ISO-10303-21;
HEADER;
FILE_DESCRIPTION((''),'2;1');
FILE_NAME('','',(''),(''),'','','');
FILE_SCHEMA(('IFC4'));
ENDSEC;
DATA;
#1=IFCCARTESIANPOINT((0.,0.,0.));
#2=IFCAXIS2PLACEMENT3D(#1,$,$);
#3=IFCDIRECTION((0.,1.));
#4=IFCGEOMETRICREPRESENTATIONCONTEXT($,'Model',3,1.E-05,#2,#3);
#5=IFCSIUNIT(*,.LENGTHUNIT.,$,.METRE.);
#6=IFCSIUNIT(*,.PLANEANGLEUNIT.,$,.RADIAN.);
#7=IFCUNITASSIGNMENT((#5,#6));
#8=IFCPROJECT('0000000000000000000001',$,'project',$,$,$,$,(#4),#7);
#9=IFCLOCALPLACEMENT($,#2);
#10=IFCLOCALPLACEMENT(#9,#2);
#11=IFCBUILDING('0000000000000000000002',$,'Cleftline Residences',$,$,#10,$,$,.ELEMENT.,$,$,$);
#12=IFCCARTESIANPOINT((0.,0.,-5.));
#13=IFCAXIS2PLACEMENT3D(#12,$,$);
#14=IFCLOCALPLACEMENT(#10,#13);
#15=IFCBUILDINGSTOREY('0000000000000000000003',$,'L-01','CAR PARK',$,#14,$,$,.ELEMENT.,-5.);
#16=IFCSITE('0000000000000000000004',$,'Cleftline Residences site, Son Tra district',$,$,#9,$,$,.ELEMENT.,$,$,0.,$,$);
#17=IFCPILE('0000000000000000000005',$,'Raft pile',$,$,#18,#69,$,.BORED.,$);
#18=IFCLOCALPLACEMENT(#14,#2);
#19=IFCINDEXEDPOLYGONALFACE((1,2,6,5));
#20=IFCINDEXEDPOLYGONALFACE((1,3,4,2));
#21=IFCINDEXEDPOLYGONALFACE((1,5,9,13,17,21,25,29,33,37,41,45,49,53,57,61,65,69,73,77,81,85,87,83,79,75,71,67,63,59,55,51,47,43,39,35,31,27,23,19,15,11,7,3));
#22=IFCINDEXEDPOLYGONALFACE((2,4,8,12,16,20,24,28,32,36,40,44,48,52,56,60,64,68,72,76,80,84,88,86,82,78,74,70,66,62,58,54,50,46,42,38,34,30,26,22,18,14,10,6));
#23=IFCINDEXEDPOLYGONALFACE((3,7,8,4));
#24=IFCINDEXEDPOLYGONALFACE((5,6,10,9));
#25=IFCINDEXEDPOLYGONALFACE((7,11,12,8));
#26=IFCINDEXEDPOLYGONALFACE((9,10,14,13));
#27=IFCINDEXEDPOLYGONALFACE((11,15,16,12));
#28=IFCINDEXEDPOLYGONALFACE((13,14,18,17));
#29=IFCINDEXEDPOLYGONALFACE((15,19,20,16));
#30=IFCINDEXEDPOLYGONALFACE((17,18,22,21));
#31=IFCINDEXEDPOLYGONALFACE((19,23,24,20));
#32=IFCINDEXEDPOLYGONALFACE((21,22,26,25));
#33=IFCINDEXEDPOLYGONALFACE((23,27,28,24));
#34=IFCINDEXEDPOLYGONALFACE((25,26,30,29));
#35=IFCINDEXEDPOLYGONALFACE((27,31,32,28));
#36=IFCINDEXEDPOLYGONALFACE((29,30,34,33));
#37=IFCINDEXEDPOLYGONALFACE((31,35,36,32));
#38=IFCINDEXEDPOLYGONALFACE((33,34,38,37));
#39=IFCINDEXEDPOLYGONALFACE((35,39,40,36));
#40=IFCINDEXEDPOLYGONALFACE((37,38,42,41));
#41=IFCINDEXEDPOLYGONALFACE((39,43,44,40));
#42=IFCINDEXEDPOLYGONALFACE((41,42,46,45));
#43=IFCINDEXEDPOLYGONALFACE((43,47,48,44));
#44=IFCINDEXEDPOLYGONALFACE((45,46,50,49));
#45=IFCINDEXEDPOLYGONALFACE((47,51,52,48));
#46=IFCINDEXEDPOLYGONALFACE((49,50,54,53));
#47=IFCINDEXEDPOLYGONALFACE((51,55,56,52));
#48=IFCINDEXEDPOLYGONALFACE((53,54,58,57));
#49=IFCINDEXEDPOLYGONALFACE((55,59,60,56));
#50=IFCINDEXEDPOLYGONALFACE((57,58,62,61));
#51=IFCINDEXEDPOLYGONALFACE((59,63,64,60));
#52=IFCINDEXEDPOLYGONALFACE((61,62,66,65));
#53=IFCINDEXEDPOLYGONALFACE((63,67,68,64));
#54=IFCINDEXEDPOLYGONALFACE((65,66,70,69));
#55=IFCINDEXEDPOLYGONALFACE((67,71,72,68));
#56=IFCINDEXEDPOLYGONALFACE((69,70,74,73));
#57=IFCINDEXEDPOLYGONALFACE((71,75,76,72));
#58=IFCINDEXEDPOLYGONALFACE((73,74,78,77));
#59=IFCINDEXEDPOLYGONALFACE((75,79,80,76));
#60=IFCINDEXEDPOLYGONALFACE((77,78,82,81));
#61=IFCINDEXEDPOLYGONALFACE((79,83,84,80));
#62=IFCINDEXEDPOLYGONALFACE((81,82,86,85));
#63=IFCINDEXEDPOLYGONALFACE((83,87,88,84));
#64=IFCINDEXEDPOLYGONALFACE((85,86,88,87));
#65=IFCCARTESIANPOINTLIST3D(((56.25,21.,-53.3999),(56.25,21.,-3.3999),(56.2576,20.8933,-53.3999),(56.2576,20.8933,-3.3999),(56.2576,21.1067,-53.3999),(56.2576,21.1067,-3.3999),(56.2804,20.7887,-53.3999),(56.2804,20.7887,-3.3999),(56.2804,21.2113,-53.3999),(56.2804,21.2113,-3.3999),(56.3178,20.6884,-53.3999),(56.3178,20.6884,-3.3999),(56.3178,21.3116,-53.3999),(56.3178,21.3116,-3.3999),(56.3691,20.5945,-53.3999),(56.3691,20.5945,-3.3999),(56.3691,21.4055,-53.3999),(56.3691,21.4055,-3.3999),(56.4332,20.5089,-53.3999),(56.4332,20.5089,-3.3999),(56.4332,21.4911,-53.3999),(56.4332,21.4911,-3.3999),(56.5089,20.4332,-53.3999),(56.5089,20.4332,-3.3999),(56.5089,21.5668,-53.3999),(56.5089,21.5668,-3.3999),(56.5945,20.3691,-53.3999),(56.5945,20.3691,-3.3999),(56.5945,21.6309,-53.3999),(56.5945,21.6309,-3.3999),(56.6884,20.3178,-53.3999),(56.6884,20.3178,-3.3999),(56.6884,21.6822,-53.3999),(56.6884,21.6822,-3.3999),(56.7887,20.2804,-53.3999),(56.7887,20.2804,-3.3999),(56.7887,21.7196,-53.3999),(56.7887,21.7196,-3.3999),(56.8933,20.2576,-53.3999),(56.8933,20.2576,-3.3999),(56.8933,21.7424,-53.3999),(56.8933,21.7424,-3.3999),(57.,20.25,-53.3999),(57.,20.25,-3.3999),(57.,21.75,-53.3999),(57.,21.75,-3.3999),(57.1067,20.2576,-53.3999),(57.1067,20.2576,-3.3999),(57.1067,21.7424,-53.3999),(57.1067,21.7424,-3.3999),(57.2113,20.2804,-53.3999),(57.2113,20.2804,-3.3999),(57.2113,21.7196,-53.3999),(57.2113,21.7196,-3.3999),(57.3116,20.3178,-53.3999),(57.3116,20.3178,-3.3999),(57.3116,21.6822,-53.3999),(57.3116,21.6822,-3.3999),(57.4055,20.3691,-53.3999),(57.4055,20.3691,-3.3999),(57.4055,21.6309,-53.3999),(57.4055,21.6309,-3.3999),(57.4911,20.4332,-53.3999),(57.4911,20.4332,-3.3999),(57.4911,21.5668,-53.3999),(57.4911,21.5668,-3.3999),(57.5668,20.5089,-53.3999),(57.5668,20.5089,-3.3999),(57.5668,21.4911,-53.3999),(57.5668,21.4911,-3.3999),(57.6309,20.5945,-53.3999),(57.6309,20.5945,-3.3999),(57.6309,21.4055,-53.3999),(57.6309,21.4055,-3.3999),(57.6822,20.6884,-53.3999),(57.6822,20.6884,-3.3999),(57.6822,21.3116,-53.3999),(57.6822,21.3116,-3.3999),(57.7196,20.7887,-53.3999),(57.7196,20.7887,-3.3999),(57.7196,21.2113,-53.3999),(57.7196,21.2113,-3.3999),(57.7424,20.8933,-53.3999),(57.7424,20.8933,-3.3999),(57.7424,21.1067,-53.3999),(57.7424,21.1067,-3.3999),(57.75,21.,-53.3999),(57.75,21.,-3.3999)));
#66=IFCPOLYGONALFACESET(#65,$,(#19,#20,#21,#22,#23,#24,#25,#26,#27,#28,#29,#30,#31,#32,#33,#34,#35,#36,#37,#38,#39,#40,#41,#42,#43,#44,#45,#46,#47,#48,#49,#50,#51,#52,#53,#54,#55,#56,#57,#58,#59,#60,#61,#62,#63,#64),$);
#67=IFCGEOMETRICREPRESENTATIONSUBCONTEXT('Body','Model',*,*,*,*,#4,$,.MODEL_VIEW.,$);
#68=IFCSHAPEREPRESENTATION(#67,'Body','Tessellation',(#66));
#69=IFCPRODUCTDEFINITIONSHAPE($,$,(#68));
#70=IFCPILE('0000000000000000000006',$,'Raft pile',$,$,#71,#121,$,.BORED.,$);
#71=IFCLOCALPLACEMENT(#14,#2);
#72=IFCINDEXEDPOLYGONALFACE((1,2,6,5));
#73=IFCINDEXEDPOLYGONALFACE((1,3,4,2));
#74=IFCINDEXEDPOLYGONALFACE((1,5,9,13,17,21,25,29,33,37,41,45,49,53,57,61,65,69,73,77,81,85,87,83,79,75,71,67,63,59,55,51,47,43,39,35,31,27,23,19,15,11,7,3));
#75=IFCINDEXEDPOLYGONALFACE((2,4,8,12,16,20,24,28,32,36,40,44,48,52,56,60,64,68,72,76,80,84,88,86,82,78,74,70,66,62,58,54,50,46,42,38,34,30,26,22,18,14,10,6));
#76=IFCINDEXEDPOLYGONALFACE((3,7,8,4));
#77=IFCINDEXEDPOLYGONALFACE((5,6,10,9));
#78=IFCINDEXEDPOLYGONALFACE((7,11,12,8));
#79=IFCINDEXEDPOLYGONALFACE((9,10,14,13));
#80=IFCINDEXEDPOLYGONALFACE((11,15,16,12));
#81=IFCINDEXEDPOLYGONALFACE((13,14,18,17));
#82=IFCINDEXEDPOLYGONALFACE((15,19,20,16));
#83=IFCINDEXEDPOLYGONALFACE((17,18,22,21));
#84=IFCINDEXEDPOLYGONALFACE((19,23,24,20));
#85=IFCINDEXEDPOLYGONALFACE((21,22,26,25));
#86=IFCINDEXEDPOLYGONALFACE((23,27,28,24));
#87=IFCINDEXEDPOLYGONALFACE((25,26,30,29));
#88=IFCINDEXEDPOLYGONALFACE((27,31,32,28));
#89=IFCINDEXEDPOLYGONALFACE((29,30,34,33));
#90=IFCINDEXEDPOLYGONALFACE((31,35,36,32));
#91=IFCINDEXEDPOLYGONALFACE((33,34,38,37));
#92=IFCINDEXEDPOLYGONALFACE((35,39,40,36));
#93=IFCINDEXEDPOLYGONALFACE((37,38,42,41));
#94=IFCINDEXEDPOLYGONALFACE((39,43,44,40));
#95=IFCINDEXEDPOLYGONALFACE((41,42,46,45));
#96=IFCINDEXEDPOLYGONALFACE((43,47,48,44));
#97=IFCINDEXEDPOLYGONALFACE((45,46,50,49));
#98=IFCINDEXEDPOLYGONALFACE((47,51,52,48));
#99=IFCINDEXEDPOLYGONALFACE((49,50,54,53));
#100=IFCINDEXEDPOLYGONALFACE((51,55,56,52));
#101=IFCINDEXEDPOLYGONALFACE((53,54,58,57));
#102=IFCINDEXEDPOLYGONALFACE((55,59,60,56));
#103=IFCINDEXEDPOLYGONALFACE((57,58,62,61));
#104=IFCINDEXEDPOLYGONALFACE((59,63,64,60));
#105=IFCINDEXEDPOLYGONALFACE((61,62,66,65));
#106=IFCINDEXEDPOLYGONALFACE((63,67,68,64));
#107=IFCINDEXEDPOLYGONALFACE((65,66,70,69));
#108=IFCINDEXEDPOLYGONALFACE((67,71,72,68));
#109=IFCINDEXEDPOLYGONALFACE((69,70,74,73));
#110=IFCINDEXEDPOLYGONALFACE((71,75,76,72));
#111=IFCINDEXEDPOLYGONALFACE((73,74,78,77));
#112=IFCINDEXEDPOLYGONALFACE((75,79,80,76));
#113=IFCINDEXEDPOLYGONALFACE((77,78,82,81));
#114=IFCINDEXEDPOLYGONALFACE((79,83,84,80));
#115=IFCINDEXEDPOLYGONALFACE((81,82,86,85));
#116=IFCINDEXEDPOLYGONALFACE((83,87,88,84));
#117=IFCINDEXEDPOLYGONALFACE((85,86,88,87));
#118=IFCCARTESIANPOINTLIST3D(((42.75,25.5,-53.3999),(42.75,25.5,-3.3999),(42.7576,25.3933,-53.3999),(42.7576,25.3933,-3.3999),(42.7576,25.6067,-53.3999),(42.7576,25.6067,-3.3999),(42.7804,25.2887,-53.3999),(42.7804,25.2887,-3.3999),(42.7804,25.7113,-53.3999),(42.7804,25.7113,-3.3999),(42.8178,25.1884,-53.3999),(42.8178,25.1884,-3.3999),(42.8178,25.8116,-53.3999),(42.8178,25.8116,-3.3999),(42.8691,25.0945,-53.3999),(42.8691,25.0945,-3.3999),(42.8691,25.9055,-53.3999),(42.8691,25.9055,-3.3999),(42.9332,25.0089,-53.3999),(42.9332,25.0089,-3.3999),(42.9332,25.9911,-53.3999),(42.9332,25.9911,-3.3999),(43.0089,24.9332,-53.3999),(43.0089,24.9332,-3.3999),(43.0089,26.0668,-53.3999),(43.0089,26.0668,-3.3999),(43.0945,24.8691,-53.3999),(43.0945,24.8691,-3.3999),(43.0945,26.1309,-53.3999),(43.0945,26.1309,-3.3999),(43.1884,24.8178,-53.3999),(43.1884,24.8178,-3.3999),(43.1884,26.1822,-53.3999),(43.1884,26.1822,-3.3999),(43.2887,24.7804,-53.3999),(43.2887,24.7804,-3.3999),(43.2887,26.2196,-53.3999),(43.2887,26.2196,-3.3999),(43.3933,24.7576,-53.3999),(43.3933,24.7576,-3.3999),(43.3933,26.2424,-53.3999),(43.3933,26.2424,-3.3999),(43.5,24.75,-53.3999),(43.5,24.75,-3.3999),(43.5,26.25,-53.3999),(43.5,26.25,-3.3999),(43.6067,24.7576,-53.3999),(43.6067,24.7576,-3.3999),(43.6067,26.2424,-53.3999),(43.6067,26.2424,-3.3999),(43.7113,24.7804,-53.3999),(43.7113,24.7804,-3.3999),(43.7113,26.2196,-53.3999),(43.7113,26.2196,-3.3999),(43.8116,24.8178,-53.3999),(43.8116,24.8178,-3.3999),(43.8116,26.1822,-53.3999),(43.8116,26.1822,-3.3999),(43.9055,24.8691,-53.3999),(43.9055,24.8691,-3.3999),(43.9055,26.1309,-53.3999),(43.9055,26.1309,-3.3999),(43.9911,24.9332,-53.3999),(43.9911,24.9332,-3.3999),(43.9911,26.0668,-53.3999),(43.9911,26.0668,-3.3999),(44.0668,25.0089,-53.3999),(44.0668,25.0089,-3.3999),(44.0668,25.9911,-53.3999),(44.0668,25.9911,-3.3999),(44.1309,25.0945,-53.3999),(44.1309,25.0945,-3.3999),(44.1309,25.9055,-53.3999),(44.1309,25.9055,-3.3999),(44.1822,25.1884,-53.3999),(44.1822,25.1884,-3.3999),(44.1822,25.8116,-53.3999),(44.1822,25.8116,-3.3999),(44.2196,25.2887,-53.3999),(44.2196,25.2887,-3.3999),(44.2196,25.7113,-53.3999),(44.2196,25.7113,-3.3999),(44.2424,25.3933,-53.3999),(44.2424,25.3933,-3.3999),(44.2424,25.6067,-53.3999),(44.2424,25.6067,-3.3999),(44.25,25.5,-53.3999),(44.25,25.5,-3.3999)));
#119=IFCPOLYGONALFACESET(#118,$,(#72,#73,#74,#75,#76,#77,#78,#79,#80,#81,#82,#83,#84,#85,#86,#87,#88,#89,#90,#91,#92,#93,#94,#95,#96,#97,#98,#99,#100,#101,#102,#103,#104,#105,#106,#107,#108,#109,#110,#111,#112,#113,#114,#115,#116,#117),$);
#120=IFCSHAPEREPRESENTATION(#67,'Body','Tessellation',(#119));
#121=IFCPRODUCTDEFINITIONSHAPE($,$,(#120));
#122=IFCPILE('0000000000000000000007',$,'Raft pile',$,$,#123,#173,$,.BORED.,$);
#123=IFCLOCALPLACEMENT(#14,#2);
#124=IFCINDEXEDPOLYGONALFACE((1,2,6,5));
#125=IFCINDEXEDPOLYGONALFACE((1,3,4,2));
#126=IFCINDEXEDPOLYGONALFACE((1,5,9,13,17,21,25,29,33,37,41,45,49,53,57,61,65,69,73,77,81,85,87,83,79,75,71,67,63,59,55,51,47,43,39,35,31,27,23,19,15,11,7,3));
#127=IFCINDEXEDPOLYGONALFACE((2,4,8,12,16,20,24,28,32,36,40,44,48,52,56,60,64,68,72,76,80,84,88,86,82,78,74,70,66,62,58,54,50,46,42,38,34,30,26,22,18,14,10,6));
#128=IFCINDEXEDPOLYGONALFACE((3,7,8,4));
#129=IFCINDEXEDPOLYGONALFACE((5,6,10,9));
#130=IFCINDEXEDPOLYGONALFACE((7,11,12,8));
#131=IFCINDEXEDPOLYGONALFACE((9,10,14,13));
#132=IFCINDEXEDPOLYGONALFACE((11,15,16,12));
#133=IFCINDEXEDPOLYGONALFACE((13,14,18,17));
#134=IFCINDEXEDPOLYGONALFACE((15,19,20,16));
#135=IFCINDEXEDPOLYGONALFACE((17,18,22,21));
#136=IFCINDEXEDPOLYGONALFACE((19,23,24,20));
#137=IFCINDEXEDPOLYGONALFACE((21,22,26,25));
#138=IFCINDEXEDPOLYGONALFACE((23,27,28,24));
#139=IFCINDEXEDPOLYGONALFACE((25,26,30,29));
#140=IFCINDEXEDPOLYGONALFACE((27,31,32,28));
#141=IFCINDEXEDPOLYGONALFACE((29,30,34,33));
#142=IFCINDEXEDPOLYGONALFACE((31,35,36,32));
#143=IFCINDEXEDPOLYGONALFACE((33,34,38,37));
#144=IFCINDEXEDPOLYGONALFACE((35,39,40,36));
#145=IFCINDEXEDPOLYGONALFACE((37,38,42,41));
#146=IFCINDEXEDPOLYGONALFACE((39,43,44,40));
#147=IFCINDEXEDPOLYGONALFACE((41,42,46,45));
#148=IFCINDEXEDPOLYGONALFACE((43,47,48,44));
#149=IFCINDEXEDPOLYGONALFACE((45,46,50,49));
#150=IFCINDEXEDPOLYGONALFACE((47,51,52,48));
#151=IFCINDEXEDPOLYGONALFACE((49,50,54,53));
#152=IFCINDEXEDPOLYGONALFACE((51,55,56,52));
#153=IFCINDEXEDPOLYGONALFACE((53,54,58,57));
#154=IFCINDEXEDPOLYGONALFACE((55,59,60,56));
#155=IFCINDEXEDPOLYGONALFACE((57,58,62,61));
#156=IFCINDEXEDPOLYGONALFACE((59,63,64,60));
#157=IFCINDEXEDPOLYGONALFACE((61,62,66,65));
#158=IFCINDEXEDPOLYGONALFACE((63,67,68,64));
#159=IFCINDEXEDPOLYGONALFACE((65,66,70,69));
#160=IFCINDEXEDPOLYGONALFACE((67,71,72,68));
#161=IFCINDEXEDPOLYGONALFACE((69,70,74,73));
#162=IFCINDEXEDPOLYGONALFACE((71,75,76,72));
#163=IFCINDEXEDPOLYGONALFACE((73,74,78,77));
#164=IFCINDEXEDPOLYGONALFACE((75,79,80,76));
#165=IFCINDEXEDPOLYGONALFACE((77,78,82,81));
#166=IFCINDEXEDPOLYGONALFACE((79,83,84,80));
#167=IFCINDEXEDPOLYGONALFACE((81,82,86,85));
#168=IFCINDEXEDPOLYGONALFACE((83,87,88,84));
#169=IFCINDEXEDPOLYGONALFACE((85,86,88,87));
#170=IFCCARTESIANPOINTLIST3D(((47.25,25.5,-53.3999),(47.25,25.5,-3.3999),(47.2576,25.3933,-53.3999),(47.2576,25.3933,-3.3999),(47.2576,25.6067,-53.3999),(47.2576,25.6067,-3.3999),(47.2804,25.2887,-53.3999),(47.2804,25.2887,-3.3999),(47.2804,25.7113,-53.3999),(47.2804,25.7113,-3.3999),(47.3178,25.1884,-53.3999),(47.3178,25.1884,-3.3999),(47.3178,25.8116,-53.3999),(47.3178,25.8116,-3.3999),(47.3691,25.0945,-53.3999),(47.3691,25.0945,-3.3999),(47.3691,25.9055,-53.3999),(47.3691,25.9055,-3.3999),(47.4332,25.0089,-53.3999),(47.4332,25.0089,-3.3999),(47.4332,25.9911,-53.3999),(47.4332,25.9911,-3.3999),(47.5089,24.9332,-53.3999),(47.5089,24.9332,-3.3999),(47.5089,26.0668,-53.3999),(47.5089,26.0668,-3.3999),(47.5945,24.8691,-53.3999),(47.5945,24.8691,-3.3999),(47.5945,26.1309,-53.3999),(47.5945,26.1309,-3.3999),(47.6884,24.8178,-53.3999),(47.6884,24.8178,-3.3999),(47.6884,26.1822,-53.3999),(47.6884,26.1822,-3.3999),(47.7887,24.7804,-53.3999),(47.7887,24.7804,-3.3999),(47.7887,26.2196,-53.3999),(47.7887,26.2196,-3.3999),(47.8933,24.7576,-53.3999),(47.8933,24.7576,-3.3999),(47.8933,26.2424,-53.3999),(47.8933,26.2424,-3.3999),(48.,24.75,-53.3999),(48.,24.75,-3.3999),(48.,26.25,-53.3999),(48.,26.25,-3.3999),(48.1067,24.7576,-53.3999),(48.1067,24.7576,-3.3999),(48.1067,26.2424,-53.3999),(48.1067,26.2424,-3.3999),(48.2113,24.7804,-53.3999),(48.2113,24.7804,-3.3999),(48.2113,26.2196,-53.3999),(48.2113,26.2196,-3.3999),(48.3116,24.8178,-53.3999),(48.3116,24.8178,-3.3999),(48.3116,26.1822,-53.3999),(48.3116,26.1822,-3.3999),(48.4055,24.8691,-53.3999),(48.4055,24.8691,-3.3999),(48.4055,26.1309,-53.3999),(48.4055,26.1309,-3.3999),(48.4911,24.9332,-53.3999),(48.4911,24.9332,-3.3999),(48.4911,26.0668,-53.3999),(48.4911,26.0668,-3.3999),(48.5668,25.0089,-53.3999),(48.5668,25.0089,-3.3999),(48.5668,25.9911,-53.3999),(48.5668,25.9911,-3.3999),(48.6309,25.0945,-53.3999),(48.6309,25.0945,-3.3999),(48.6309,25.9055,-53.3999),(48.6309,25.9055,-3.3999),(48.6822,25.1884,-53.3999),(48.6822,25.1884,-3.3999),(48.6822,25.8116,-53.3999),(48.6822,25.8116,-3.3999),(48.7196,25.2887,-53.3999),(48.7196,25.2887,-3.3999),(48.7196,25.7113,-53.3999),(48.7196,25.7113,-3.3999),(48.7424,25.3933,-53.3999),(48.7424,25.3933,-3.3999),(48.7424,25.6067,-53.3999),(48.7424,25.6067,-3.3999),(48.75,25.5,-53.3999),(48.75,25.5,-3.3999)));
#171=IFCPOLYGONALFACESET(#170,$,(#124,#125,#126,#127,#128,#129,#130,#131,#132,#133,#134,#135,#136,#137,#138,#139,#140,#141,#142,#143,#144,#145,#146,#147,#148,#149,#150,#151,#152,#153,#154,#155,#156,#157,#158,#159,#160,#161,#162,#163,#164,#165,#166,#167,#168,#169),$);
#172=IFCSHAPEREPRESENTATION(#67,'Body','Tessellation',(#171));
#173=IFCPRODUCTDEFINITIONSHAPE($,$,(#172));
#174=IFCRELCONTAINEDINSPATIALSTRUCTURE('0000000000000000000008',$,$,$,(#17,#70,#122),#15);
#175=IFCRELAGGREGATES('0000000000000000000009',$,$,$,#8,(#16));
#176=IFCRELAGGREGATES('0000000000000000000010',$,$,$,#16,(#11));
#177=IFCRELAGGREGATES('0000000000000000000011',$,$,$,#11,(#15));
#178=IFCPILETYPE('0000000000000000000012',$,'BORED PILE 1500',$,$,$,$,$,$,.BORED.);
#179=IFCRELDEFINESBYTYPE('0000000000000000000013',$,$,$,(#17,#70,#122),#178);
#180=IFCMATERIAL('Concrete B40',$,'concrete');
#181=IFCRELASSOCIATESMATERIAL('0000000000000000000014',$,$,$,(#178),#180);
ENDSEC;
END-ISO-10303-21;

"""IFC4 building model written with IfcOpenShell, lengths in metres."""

from ifc_helpers import new_model, si_unit, direction, frame, origin, origin_2d, place, context, subcontext, project, spatial, circle, extrude, material, material_profile, profile_set, type_object, element, save


model = new_model("IFC4")

# Units and contexts
model_context = context("Model", 3, precision=1e-05, world=origin(), true_north=direction((0.0, 1.0)))
body_context = subcontext(model_context, "Body", "Model", "MODEL_VIEW")
ifc_project = project(units=[si_unit("LENGTHUNIT", "METRE"), si_unit("PLANEANGLEUNIT", "RADIAN")], contexts=[model_context])

# Site, building, storey
site_placement = place(None, origin())
site = spatial("IfcSite", under=ifc_project, at=site_placement, Name="Cleftline Residences site, Son Tra district", CompositionType="ELEMENT", RefElevation=0.0)
building_placement = place(site_placement, origin())
building = spatial("IfcBuilding", under=site, at=building_placement, Name="Cleftline Residences", CompositionType="ELEMENT")
storey_placement = place(building_placement, frame((0.0, 0.0, -5.0)))
storey = spatial("IfcBuildingStorey", under=building, at=storey_placement, Name="L-01", Description="CAR PARK", CompositionType="ELEMENT", Elevation=-5.0)

# Piles
ifc_material_1 = material(Name="Concrete B40", Category="concrete")
ifc_material_profile_1 = material_profile(ifc_material_1, circle(Radius=0.75, at=origin_2d()))
ifc_profile_set_1 = profile_set([ifc_material_profile_1], Name="Concrete B40")
pile_type = type_object("IfcPileType", Name="BORED PILE 1500", PredefinedType="BORED", material=ifc_profile_set_1)
for number, where, z_axis, x_axis, name in (
    (1, (57.0, 21.0, -3.3999), (0.0, 0.0, -1.0), (1.0, 0.0, 0.0), "Raft pile"),
    (2, (43.5, 25.5, -3.3999), (0.0, 0.0, -1.0), (1.0, 0.0, 0.0), "Raft pile"),
    (3, (48.0, 25.5, -3.3999), (0.0, 0.0, -1.0), (1.0, 0.0, 0.0), "Raft pile"),
):
    element("IfcPile", number, at=place(storey_placement, frame(where, z_axis=z_axis, x_axis=x_axis)), inside=storey, type_object=pile_type, Name=name, PredefinedType="BORED", context=body_context, shape_type="SweptSolid", body=[
        extrude(circle(Radius=0.75, at=origin_2d()), origin(), (0.0, 0.0, 1.0), 50.0),
    ])

save(model, "model.ifc")
